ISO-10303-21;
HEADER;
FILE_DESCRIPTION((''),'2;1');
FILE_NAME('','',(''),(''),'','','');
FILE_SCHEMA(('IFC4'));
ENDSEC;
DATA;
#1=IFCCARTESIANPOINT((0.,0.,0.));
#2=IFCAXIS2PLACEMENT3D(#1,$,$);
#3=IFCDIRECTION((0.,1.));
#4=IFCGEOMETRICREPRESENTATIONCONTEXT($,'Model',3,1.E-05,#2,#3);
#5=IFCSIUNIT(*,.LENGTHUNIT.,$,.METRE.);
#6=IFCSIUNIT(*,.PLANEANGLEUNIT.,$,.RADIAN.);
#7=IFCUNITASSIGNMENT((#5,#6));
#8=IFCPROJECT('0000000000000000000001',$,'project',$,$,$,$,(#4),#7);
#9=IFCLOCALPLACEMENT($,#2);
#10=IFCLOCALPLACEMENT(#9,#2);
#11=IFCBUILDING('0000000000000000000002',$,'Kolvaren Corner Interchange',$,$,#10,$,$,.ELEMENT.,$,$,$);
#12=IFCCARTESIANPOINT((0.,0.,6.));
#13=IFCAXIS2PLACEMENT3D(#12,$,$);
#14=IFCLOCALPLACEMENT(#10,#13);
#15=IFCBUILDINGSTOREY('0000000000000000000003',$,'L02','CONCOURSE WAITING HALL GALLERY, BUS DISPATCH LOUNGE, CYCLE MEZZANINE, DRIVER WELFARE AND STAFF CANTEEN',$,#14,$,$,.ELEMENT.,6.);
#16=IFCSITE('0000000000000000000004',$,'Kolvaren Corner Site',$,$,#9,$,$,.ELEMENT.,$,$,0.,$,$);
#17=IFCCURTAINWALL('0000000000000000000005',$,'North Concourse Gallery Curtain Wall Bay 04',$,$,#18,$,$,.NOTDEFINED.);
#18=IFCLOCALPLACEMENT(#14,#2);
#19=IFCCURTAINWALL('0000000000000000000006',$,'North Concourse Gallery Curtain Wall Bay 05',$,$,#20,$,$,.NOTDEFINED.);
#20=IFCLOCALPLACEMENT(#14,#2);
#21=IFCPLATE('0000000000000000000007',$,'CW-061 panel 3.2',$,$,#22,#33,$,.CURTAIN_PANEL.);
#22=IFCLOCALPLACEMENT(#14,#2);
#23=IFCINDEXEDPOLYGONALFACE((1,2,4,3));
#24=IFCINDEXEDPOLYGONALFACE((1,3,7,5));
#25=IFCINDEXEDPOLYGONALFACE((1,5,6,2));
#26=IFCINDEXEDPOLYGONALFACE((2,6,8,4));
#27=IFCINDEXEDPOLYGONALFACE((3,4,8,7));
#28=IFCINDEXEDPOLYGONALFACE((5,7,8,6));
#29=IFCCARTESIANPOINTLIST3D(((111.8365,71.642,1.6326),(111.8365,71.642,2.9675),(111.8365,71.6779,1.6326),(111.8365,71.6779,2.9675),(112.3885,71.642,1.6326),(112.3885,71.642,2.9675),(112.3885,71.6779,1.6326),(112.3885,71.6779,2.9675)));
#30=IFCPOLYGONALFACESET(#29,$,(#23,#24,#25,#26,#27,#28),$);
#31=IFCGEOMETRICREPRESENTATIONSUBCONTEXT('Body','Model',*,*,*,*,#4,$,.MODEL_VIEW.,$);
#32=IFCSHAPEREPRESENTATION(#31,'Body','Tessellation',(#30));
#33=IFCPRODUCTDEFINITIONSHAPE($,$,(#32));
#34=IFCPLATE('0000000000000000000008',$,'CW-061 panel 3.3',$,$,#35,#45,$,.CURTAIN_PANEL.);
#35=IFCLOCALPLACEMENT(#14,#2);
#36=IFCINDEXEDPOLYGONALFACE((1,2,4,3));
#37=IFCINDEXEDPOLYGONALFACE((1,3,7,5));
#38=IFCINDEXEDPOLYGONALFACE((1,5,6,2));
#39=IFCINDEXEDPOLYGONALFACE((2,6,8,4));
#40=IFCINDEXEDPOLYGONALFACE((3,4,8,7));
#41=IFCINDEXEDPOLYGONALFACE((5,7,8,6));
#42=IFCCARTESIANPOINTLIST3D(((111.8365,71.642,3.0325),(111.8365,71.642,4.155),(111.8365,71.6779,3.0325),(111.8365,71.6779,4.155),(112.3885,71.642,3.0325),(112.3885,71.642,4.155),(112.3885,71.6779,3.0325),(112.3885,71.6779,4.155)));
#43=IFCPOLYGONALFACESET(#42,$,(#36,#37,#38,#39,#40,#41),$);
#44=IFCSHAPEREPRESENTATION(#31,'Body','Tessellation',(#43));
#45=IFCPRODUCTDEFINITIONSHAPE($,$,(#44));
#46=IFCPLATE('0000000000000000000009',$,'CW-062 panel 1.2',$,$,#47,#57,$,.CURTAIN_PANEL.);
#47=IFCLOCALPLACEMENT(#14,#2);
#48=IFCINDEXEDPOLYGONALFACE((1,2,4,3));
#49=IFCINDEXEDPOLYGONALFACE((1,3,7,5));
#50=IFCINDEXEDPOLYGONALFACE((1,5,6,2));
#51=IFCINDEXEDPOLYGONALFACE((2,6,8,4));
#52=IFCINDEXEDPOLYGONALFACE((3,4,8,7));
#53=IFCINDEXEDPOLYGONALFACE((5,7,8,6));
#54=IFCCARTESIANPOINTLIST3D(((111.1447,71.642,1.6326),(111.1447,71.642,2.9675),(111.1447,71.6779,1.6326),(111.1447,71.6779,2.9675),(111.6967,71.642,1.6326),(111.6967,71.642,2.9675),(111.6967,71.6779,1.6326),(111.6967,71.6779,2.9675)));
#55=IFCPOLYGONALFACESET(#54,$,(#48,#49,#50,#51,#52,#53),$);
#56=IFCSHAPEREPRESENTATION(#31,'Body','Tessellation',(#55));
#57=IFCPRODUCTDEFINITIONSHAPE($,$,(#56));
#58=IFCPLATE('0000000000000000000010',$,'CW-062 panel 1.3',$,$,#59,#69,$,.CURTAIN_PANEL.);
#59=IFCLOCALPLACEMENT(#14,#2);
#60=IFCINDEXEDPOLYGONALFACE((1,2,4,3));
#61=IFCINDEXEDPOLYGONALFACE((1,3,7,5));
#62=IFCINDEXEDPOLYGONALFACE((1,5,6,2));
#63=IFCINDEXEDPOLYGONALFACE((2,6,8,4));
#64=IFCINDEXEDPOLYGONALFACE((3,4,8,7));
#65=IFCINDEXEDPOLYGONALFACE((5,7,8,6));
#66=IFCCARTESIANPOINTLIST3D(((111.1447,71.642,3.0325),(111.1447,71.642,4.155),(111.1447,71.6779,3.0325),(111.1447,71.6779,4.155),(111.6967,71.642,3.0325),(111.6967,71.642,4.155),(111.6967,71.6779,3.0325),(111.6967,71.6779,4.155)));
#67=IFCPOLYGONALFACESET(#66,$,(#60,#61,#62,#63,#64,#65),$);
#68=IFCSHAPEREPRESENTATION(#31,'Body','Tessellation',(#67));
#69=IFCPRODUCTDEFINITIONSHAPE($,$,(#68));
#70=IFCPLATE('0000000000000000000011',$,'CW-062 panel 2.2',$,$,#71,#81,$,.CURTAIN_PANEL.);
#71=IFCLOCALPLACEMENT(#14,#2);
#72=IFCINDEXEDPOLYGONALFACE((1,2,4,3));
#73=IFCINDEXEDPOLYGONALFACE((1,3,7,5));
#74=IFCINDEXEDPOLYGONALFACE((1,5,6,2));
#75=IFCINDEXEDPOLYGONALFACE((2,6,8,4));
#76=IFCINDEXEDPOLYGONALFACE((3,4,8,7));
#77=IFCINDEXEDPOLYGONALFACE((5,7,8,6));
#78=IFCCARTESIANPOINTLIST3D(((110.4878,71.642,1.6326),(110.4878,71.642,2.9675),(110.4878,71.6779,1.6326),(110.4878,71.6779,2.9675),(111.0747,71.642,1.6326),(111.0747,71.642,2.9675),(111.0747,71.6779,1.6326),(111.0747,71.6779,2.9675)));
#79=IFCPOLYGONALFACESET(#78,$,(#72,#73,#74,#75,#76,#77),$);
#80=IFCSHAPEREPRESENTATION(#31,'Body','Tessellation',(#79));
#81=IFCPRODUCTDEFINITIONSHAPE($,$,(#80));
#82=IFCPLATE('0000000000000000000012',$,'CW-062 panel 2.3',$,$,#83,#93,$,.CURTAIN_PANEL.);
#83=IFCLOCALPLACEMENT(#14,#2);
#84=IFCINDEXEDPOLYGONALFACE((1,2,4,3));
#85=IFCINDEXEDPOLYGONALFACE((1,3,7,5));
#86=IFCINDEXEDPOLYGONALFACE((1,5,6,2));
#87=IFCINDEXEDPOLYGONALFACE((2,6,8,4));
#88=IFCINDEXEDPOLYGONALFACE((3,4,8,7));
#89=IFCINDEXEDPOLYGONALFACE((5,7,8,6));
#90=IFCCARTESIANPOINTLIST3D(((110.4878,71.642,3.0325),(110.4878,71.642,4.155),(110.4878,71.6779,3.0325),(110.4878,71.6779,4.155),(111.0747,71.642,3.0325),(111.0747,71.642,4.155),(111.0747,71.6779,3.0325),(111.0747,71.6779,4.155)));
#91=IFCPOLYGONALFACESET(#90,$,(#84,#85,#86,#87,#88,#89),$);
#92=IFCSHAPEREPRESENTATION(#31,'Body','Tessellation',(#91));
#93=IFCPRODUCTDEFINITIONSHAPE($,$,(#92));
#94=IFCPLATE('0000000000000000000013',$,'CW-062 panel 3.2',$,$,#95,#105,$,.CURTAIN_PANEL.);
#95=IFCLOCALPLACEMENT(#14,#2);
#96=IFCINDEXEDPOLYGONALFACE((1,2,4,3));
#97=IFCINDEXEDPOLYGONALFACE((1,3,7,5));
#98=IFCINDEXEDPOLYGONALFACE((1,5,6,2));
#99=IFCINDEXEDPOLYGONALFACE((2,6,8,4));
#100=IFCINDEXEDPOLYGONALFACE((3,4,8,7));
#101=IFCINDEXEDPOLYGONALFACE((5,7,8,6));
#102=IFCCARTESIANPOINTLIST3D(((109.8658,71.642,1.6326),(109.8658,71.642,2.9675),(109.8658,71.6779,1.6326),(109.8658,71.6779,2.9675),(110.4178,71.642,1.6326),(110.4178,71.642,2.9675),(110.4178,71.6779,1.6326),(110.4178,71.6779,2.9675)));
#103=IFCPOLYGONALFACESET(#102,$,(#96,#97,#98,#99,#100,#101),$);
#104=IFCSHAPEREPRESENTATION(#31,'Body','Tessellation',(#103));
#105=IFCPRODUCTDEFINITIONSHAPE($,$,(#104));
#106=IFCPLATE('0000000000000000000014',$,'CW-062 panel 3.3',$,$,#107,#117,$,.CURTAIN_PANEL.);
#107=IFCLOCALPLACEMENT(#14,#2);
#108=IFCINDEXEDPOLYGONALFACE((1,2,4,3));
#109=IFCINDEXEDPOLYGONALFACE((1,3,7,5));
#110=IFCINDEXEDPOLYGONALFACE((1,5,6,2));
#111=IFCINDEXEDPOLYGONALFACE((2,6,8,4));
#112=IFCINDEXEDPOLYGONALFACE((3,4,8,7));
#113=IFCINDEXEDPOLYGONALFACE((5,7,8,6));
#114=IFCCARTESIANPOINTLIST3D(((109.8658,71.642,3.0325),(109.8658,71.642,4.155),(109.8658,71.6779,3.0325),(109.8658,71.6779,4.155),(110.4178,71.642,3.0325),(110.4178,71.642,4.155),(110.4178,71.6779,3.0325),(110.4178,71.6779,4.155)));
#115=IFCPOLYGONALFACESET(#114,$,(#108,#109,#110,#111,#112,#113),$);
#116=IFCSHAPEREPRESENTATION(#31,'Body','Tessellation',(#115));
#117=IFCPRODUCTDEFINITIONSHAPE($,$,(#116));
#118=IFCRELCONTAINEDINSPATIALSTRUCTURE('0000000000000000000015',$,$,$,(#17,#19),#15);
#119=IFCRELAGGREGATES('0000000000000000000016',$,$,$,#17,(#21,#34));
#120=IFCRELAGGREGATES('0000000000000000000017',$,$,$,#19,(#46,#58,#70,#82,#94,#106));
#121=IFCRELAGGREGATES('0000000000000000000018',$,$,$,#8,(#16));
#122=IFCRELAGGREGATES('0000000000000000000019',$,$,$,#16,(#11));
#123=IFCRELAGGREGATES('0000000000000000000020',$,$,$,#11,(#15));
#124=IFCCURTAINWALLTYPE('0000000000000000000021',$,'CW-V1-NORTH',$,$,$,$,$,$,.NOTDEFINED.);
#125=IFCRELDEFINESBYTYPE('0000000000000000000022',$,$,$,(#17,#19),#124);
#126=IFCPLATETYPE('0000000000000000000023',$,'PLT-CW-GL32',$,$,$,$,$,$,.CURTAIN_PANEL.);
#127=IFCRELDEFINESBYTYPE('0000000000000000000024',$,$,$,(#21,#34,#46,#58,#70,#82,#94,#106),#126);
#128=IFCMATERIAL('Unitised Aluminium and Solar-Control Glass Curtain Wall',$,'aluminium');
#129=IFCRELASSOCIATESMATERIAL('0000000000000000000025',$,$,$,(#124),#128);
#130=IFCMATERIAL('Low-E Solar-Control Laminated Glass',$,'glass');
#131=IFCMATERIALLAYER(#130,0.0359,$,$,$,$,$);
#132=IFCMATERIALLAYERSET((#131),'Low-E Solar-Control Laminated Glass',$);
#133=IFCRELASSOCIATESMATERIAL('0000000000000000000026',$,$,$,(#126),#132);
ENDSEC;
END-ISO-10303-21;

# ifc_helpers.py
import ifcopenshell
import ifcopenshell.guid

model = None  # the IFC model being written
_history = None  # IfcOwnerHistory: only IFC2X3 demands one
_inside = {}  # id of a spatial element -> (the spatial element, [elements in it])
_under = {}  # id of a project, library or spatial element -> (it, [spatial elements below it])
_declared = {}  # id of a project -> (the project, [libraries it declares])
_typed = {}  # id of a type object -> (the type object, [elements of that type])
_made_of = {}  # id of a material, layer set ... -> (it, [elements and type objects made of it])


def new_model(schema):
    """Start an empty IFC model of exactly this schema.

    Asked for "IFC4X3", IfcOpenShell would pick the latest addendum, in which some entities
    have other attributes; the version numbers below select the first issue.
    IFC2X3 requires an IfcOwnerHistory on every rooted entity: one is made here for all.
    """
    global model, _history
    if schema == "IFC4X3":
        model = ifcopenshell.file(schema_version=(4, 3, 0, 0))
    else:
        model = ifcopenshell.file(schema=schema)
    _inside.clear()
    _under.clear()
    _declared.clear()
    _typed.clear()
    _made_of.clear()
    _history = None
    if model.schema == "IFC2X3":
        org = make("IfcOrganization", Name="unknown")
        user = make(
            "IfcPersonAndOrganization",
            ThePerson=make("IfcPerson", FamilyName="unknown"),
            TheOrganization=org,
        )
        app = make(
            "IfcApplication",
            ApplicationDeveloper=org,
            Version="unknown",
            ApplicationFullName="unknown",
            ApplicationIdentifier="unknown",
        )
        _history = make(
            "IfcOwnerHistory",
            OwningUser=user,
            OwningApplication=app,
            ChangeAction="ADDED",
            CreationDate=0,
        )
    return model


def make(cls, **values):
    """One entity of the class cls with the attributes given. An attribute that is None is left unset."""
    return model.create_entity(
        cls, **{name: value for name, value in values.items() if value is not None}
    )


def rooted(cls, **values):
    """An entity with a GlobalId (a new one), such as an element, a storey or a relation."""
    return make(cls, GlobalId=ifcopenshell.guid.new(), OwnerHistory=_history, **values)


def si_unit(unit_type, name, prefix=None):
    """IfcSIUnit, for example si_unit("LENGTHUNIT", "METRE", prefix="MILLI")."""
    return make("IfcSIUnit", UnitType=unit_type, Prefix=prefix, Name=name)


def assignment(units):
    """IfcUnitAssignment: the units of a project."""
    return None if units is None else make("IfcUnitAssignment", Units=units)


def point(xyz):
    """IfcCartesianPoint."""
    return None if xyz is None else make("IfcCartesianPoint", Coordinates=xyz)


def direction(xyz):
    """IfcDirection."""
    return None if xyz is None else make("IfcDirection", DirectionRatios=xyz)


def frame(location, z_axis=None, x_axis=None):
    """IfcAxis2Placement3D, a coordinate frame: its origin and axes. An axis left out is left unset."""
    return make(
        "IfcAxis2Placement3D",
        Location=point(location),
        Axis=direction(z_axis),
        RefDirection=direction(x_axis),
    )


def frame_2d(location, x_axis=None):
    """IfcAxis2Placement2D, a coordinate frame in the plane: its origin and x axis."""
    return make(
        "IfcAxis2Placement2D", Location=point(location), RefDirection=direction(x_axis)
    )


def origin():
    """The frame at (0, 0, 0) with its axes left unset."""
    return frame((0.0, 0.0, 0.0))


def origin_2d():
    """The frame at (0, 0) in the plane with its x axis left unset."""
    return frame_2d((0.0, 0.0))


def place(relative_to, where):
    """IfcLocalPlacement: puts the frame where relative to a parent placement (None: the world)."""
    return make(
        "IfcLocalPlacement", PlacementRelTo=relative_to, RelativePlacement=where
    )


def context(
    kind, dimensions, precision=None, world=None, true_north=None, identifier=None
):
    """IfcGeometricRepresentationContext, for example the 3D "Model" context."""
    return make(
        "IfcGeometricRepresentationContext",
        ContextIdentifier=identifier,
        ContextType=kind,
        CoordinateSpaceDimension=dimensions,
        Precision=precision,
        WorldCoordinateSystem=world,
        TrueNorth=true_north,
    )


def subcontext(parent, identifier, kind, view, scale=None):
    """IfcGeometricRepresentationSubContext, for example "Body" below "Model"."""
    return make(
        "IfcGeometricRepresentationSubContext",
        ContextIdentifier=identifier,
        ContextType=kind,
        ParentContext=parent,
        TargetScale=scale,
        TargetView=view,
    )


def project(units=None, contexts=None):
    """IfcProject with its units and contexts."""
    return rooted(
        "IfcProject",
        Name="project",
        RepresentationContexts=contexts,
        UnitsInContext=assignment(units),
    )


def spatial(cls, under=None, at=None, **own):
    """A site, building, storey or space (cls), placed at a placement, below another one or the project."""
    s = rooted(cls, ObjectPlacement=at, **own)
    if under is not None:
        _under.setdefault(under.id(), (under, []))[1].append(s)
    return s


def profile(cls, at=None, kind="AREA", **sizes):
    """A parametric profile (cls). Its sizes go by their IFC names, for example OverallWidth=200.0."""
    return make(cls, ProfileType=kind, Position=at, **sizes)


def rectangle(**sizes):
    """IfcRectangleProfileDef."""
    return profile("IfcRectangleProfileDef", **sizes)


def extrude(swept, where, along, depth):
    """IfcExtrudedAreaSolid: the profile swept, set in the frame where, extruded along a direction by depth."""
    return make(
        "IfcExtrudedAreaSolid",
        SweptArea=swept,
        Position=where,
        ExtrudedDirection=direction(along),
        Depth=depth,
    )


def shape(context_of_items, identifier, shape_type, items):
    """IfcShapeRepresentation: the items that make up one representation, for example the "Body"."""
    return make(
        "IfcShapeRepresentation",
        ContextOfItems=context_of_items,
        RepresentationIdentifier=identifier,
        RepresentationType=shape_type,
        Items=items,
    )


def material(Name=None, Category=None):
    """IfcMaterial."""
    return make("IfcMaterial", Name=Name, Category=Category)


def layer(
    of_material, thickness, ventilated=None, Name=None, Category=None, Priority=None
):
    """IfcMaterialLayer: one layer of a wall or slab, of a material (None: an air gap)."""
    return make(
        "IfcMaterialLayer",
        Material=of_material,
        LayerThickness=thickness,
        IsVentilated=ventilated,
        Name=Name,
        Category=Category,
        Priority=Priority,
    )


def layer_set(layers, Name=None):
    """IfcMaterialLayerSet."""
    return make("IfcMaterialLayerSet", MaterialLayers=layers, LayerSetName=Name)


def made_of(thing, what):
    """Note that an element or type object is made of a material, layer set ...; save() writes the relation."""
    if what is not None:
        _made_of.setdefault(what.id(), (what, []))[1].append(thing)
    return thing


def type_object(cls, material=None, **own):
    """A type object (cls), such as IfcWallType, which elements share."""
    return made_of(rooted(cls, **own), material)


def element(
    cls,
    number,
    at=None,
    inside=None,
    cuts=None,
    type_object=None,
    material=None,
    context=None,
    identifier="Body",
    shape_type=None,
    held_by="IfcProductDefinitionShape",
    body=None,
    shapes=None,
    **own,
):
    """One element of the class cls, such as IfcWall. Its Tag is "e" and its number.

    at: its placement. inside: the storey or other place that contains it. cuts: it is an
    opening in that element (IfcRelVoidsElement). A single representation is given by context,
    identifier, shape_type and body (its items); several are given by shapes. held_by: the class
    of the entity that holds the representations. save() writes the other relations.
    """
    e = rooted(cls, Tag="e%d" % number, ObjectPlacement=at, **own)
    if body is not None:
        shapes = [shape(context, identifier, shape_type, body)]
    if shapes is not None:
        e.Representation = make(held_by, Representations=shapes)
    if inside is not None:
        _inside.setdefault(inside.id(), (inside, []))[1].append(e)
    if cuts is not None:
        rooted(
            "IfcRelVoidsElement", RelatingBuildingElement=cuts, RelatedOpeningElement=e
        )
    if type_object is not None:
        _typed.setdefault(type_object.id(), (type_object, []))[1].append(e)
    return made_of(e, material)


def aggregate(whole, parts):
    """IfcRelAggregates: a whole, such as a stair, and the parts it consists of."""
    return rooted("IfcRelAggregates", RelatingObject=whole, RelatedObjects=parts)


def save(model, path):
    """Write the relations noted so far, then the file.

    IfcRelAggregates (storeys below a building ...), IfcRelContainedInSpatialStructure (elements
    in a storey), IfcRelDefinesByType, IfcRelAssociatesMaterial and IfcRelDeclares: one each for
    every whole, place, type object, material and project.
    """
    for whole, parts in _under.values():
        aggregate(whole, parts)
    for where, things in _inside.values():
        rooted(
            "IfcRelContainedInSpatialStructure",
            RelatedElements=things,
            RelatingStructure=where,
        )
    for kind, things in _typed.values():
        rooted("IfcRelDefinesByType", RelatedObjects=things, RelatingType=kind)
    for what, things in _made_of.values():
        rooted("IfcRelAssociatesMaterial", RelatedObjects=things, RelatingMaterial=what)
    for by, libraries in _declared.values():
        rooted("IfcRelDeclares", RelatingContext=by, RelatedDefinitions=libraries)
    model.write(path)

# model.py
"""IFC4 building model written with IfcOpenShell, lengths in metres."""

from ifc_helpers import new_model, si_unit, direction, frame, origin, origin_2d, place, context, subcontext, project, spatial, rectangle, extrude, material, layer, layer_set, type_object, element, aggregate, save


model = new_model("IFC4")

# Units and contexts
model_context = context("Model", 3, precision=1e-05, world=origin(), true_north=direction((0.0, 1.0)))
body_context = subcontext(model_context, "Body", "Model", "MODEL_VIEW")
ifc_project = project(units=[si_unit("LENGTHUNIT", "METRE"), si_unit("PLANEANGLEUNIT", "RADIAN")], contexts=[model_context])

# Site, building, storey
site_placement = place(None, origin())
site = spatial("IfcSite", under=ifc_project, at=site_placement, Name="Kolvaren Corner Site", CompositionType="ELEMENT", RefElevation=0.0)
building_placement = place(site_placement, origin())
building = spatial("IfcBuilding", under=site, at=building_placement, Name="Kolvaren Corner Interchange", CompositionType="ELEMENT")
storey_placement = place(building_placement, frame((0.0, 0.0, 6.0)))
storey = spatial("IfcBuildingStorey", under=building, at=storey_placement, Name="L02", Description="CONCOURSE WAITING HALL GALLERY, BUS DISPATCH LOUNGE, CYCLE MEZZANINE, DRIVER WELFARE AND STAFF CANTEEN", CompositionType="ELEMENT", Elevation=6.0)

# Curtain walls
ifc_material_1 = material(Name="Unitised Aluminium and Solar-Control Glass Curtain Wall", Category="aluminium")
curtain_wall_type = type_object("IfcCurtainWallType", Name="CW-V1-NORTH", PredefinedType="NOTDEFINED", material=ifc_material_1)
curtain_wall_1_placement = place(storey_placement, origin())
curtain_wall_1 = element("IfcCurtainWall", 1, at=curtain_wall_1_placement, inside=storey, type_object=curtain_wall_type, Name="North Concourse Gallery Curtain Wall Bay 04", PredefinedType="NOTDEFINED")
curtain_wall_2_placement = place(storey_placement, origin())
curtain_wall_2 = element("IfcCurtainWall", 2, at=curtain_wall_2_placement, inside=storey, type_object=curtain_wall_type, Name="North Concourse Gallery Curtain Wall Bay 05", PredefinedType="NOTDEFINED")

# Plates
ifc_material_2 = material(Name="Low-E Solar-Control Laminated Glass", Category="glass")
ifc_layer = layer(ifc_material_2, 0.0359)
ifc_layer_set = layer_set([ifc_layer], Name="Low-E Solar-Control Laminated Glass")
plate_type = type_object("IfcPlateType", Name="PLT-CW-GL32", PredefinedType="CURTAIN_PANEL", material=ifc_layer_set)
plate_1_placement = place(storey_placement, frame((112.1125, 71.6599, 1.6326), z_axis=(0.0, 0.0, 1.0), x_axis=(-1.0, 0.0, 0.0)))
plate_1 = element("IfcPlate", 3, at=plate_1_placement, type_object=plate_type, Name="CW-061 panel 3.2", PredefinedType="CURTAIN_PANEL", context=body_context, shape_type="SweptSolid", body=[
    extrude(rectangle(XDim=0.552, YDim=0.0359, at=origin_2d()), origin(), (0.0, 0.0, 1.0), 1.335),
])
plate_2_placement = place(storey_placement, frame((112.1125, 71.6599, 3.0325), z_axis=(0.0, 0.0, 1.0), x_axis=(-1.0, 0.0, 0.0)))
plate_2 = element("IfcPlate", 4, at=plate_2_placement, type_object=plate_type, Name="CW-061 panel 3.3", PredefinedType="CURTAIN_PANEL", context=body_context, shape_type="SweptSolid", body=[
    extrude(rectangle(XDim=0.552, YDim=0.0359, at=origin_2d()), origin(), (0.0, 0.0, 1.0), 1.1226),
])
aggregate(curtain_wall_1, [plate_1, plate_2])
plate_3_placement = place(storey_placement, frame((111.4207, 71.6599, 1.6326), z_axis=(0.0, 0.0, 1.0), x_axis=(-1.0, 0.0, 0.0)))
plate_3 = element("IfcPlate", 5, at=plate_3_placement, type_object=plate_type, Name="CW-062 panel 1.2", PredefinedType="CURTAIN_PANEL", context=body_context, shape_type="SweptSolid", body=[
    extrude(rectangle(XDim=0.552, YDim=0.0359, at=origin_2d()), origin(), (0.0, 0.0, 1.0), 1.335),
])
plate_4_placement = place(storey_placement, frame((111.4207, 71.6599, 3.0325), z_axis=(0.0, 0.0, 1.0), x_axis=(-1.0, 0.0, 0.0)))
plate_4 = element("IfcPlate", 6, at=plate_4_placement, type_object=plate_type, Name="CW-062 panel 1.3", PredefinedType="CURTAIN_PANEL", context=body_context, shape_type="SweptSolid", body=[
    extrude(rectangle(XDim=0.552, YDim=0.0359, at=origin_2d()), origin(), (0.0, 0.0, 1.0), 1.1226),
])
plate_5_placement = place(storey_placement, frame((110.7812, 71.6599, 1.6326), z_axis=(0.0, 0.0, 1.0), x_axis=(-1.0, 0.0, 0.0)))
plate_5 = element("IfcPlate", 7, at=plate_5_placement, type_object=plate_type, Name="CW-062 panel 2.2", PredefinedType="CURTAIN_PANEL", context=body_context, shape_type="SweptSolid", body=[
    extrude(rectangle(XDim=0.5869, YDim=0.0359, at=origin_2d()), origin(), (0.0, 0.0, 1.0), 1.335),
])
plate_6_placement = place(storey_placement, frame((110.7812, 71.6599, 3.0325), z_axis=(0.0, 0.0, 1.0), x_axis=(-1.0, 0.0, 0.0)))
plate_6 = element("IfcPlate", 8, at=plate_6_placement, type_object=plate_type, Name="CW-062 panel 2.3", PredefinedType="CURTAIN_PANEL", context=body_context, shape_type="SweptSolid", body=[
    extrude(rectangle(XDim=0.5869, YDim=0.0359, at=origin_2d()), origin(), (0.0, 0.0, 1.0), 1.1226),
])
plate_7_placement = place(storey_placement, frame((110.1418, 71.6599, 1.6326), z_axis=(0.0, 0.0, 1.0), x_axis=(-1.0, 0.0, 0.0)))
plate_7 = element("IfcPlate", 9, at=plate_7_placement, type_object=plate_type, Name="CW-062 panel 3.2", PredefinedType="CURTAIN_PANEL", context=body_context, shape_type="SweptSolid", body=[
    extrude(rectangle(XDim=0.552, YDim=0.0359, at=origin_2d()), origin(), (0.0, 0.0, 1.0), 1.335),
])
plate_8_placement = place(storey_placement, frame((110.1418, 71.6599, 3.0325), z_axis=(0.0, 0.0, 1.0), x_axis=(-1.0, 0.0, 0.0)))
plate_8 = element("IfcPlate", 10, at=plate_8_placement, type_object=plate_type, Name="CW-062 panel 3.3", PredefinedType="CURTAIN_PANEL", context=body_context, shape_type="SweptSolid", body=[
    extrude(rectangle(XDim=0.552, YDim=0.0359, at=origin_2d()), origin(), (0.0, 0.0, 1.0), 1.1226),
])
aggregate(curtain_wall_2, [plate_3, plate_4, plate_5, plate_6, plate_7, plate_8])

save(model, "model.ifc")
